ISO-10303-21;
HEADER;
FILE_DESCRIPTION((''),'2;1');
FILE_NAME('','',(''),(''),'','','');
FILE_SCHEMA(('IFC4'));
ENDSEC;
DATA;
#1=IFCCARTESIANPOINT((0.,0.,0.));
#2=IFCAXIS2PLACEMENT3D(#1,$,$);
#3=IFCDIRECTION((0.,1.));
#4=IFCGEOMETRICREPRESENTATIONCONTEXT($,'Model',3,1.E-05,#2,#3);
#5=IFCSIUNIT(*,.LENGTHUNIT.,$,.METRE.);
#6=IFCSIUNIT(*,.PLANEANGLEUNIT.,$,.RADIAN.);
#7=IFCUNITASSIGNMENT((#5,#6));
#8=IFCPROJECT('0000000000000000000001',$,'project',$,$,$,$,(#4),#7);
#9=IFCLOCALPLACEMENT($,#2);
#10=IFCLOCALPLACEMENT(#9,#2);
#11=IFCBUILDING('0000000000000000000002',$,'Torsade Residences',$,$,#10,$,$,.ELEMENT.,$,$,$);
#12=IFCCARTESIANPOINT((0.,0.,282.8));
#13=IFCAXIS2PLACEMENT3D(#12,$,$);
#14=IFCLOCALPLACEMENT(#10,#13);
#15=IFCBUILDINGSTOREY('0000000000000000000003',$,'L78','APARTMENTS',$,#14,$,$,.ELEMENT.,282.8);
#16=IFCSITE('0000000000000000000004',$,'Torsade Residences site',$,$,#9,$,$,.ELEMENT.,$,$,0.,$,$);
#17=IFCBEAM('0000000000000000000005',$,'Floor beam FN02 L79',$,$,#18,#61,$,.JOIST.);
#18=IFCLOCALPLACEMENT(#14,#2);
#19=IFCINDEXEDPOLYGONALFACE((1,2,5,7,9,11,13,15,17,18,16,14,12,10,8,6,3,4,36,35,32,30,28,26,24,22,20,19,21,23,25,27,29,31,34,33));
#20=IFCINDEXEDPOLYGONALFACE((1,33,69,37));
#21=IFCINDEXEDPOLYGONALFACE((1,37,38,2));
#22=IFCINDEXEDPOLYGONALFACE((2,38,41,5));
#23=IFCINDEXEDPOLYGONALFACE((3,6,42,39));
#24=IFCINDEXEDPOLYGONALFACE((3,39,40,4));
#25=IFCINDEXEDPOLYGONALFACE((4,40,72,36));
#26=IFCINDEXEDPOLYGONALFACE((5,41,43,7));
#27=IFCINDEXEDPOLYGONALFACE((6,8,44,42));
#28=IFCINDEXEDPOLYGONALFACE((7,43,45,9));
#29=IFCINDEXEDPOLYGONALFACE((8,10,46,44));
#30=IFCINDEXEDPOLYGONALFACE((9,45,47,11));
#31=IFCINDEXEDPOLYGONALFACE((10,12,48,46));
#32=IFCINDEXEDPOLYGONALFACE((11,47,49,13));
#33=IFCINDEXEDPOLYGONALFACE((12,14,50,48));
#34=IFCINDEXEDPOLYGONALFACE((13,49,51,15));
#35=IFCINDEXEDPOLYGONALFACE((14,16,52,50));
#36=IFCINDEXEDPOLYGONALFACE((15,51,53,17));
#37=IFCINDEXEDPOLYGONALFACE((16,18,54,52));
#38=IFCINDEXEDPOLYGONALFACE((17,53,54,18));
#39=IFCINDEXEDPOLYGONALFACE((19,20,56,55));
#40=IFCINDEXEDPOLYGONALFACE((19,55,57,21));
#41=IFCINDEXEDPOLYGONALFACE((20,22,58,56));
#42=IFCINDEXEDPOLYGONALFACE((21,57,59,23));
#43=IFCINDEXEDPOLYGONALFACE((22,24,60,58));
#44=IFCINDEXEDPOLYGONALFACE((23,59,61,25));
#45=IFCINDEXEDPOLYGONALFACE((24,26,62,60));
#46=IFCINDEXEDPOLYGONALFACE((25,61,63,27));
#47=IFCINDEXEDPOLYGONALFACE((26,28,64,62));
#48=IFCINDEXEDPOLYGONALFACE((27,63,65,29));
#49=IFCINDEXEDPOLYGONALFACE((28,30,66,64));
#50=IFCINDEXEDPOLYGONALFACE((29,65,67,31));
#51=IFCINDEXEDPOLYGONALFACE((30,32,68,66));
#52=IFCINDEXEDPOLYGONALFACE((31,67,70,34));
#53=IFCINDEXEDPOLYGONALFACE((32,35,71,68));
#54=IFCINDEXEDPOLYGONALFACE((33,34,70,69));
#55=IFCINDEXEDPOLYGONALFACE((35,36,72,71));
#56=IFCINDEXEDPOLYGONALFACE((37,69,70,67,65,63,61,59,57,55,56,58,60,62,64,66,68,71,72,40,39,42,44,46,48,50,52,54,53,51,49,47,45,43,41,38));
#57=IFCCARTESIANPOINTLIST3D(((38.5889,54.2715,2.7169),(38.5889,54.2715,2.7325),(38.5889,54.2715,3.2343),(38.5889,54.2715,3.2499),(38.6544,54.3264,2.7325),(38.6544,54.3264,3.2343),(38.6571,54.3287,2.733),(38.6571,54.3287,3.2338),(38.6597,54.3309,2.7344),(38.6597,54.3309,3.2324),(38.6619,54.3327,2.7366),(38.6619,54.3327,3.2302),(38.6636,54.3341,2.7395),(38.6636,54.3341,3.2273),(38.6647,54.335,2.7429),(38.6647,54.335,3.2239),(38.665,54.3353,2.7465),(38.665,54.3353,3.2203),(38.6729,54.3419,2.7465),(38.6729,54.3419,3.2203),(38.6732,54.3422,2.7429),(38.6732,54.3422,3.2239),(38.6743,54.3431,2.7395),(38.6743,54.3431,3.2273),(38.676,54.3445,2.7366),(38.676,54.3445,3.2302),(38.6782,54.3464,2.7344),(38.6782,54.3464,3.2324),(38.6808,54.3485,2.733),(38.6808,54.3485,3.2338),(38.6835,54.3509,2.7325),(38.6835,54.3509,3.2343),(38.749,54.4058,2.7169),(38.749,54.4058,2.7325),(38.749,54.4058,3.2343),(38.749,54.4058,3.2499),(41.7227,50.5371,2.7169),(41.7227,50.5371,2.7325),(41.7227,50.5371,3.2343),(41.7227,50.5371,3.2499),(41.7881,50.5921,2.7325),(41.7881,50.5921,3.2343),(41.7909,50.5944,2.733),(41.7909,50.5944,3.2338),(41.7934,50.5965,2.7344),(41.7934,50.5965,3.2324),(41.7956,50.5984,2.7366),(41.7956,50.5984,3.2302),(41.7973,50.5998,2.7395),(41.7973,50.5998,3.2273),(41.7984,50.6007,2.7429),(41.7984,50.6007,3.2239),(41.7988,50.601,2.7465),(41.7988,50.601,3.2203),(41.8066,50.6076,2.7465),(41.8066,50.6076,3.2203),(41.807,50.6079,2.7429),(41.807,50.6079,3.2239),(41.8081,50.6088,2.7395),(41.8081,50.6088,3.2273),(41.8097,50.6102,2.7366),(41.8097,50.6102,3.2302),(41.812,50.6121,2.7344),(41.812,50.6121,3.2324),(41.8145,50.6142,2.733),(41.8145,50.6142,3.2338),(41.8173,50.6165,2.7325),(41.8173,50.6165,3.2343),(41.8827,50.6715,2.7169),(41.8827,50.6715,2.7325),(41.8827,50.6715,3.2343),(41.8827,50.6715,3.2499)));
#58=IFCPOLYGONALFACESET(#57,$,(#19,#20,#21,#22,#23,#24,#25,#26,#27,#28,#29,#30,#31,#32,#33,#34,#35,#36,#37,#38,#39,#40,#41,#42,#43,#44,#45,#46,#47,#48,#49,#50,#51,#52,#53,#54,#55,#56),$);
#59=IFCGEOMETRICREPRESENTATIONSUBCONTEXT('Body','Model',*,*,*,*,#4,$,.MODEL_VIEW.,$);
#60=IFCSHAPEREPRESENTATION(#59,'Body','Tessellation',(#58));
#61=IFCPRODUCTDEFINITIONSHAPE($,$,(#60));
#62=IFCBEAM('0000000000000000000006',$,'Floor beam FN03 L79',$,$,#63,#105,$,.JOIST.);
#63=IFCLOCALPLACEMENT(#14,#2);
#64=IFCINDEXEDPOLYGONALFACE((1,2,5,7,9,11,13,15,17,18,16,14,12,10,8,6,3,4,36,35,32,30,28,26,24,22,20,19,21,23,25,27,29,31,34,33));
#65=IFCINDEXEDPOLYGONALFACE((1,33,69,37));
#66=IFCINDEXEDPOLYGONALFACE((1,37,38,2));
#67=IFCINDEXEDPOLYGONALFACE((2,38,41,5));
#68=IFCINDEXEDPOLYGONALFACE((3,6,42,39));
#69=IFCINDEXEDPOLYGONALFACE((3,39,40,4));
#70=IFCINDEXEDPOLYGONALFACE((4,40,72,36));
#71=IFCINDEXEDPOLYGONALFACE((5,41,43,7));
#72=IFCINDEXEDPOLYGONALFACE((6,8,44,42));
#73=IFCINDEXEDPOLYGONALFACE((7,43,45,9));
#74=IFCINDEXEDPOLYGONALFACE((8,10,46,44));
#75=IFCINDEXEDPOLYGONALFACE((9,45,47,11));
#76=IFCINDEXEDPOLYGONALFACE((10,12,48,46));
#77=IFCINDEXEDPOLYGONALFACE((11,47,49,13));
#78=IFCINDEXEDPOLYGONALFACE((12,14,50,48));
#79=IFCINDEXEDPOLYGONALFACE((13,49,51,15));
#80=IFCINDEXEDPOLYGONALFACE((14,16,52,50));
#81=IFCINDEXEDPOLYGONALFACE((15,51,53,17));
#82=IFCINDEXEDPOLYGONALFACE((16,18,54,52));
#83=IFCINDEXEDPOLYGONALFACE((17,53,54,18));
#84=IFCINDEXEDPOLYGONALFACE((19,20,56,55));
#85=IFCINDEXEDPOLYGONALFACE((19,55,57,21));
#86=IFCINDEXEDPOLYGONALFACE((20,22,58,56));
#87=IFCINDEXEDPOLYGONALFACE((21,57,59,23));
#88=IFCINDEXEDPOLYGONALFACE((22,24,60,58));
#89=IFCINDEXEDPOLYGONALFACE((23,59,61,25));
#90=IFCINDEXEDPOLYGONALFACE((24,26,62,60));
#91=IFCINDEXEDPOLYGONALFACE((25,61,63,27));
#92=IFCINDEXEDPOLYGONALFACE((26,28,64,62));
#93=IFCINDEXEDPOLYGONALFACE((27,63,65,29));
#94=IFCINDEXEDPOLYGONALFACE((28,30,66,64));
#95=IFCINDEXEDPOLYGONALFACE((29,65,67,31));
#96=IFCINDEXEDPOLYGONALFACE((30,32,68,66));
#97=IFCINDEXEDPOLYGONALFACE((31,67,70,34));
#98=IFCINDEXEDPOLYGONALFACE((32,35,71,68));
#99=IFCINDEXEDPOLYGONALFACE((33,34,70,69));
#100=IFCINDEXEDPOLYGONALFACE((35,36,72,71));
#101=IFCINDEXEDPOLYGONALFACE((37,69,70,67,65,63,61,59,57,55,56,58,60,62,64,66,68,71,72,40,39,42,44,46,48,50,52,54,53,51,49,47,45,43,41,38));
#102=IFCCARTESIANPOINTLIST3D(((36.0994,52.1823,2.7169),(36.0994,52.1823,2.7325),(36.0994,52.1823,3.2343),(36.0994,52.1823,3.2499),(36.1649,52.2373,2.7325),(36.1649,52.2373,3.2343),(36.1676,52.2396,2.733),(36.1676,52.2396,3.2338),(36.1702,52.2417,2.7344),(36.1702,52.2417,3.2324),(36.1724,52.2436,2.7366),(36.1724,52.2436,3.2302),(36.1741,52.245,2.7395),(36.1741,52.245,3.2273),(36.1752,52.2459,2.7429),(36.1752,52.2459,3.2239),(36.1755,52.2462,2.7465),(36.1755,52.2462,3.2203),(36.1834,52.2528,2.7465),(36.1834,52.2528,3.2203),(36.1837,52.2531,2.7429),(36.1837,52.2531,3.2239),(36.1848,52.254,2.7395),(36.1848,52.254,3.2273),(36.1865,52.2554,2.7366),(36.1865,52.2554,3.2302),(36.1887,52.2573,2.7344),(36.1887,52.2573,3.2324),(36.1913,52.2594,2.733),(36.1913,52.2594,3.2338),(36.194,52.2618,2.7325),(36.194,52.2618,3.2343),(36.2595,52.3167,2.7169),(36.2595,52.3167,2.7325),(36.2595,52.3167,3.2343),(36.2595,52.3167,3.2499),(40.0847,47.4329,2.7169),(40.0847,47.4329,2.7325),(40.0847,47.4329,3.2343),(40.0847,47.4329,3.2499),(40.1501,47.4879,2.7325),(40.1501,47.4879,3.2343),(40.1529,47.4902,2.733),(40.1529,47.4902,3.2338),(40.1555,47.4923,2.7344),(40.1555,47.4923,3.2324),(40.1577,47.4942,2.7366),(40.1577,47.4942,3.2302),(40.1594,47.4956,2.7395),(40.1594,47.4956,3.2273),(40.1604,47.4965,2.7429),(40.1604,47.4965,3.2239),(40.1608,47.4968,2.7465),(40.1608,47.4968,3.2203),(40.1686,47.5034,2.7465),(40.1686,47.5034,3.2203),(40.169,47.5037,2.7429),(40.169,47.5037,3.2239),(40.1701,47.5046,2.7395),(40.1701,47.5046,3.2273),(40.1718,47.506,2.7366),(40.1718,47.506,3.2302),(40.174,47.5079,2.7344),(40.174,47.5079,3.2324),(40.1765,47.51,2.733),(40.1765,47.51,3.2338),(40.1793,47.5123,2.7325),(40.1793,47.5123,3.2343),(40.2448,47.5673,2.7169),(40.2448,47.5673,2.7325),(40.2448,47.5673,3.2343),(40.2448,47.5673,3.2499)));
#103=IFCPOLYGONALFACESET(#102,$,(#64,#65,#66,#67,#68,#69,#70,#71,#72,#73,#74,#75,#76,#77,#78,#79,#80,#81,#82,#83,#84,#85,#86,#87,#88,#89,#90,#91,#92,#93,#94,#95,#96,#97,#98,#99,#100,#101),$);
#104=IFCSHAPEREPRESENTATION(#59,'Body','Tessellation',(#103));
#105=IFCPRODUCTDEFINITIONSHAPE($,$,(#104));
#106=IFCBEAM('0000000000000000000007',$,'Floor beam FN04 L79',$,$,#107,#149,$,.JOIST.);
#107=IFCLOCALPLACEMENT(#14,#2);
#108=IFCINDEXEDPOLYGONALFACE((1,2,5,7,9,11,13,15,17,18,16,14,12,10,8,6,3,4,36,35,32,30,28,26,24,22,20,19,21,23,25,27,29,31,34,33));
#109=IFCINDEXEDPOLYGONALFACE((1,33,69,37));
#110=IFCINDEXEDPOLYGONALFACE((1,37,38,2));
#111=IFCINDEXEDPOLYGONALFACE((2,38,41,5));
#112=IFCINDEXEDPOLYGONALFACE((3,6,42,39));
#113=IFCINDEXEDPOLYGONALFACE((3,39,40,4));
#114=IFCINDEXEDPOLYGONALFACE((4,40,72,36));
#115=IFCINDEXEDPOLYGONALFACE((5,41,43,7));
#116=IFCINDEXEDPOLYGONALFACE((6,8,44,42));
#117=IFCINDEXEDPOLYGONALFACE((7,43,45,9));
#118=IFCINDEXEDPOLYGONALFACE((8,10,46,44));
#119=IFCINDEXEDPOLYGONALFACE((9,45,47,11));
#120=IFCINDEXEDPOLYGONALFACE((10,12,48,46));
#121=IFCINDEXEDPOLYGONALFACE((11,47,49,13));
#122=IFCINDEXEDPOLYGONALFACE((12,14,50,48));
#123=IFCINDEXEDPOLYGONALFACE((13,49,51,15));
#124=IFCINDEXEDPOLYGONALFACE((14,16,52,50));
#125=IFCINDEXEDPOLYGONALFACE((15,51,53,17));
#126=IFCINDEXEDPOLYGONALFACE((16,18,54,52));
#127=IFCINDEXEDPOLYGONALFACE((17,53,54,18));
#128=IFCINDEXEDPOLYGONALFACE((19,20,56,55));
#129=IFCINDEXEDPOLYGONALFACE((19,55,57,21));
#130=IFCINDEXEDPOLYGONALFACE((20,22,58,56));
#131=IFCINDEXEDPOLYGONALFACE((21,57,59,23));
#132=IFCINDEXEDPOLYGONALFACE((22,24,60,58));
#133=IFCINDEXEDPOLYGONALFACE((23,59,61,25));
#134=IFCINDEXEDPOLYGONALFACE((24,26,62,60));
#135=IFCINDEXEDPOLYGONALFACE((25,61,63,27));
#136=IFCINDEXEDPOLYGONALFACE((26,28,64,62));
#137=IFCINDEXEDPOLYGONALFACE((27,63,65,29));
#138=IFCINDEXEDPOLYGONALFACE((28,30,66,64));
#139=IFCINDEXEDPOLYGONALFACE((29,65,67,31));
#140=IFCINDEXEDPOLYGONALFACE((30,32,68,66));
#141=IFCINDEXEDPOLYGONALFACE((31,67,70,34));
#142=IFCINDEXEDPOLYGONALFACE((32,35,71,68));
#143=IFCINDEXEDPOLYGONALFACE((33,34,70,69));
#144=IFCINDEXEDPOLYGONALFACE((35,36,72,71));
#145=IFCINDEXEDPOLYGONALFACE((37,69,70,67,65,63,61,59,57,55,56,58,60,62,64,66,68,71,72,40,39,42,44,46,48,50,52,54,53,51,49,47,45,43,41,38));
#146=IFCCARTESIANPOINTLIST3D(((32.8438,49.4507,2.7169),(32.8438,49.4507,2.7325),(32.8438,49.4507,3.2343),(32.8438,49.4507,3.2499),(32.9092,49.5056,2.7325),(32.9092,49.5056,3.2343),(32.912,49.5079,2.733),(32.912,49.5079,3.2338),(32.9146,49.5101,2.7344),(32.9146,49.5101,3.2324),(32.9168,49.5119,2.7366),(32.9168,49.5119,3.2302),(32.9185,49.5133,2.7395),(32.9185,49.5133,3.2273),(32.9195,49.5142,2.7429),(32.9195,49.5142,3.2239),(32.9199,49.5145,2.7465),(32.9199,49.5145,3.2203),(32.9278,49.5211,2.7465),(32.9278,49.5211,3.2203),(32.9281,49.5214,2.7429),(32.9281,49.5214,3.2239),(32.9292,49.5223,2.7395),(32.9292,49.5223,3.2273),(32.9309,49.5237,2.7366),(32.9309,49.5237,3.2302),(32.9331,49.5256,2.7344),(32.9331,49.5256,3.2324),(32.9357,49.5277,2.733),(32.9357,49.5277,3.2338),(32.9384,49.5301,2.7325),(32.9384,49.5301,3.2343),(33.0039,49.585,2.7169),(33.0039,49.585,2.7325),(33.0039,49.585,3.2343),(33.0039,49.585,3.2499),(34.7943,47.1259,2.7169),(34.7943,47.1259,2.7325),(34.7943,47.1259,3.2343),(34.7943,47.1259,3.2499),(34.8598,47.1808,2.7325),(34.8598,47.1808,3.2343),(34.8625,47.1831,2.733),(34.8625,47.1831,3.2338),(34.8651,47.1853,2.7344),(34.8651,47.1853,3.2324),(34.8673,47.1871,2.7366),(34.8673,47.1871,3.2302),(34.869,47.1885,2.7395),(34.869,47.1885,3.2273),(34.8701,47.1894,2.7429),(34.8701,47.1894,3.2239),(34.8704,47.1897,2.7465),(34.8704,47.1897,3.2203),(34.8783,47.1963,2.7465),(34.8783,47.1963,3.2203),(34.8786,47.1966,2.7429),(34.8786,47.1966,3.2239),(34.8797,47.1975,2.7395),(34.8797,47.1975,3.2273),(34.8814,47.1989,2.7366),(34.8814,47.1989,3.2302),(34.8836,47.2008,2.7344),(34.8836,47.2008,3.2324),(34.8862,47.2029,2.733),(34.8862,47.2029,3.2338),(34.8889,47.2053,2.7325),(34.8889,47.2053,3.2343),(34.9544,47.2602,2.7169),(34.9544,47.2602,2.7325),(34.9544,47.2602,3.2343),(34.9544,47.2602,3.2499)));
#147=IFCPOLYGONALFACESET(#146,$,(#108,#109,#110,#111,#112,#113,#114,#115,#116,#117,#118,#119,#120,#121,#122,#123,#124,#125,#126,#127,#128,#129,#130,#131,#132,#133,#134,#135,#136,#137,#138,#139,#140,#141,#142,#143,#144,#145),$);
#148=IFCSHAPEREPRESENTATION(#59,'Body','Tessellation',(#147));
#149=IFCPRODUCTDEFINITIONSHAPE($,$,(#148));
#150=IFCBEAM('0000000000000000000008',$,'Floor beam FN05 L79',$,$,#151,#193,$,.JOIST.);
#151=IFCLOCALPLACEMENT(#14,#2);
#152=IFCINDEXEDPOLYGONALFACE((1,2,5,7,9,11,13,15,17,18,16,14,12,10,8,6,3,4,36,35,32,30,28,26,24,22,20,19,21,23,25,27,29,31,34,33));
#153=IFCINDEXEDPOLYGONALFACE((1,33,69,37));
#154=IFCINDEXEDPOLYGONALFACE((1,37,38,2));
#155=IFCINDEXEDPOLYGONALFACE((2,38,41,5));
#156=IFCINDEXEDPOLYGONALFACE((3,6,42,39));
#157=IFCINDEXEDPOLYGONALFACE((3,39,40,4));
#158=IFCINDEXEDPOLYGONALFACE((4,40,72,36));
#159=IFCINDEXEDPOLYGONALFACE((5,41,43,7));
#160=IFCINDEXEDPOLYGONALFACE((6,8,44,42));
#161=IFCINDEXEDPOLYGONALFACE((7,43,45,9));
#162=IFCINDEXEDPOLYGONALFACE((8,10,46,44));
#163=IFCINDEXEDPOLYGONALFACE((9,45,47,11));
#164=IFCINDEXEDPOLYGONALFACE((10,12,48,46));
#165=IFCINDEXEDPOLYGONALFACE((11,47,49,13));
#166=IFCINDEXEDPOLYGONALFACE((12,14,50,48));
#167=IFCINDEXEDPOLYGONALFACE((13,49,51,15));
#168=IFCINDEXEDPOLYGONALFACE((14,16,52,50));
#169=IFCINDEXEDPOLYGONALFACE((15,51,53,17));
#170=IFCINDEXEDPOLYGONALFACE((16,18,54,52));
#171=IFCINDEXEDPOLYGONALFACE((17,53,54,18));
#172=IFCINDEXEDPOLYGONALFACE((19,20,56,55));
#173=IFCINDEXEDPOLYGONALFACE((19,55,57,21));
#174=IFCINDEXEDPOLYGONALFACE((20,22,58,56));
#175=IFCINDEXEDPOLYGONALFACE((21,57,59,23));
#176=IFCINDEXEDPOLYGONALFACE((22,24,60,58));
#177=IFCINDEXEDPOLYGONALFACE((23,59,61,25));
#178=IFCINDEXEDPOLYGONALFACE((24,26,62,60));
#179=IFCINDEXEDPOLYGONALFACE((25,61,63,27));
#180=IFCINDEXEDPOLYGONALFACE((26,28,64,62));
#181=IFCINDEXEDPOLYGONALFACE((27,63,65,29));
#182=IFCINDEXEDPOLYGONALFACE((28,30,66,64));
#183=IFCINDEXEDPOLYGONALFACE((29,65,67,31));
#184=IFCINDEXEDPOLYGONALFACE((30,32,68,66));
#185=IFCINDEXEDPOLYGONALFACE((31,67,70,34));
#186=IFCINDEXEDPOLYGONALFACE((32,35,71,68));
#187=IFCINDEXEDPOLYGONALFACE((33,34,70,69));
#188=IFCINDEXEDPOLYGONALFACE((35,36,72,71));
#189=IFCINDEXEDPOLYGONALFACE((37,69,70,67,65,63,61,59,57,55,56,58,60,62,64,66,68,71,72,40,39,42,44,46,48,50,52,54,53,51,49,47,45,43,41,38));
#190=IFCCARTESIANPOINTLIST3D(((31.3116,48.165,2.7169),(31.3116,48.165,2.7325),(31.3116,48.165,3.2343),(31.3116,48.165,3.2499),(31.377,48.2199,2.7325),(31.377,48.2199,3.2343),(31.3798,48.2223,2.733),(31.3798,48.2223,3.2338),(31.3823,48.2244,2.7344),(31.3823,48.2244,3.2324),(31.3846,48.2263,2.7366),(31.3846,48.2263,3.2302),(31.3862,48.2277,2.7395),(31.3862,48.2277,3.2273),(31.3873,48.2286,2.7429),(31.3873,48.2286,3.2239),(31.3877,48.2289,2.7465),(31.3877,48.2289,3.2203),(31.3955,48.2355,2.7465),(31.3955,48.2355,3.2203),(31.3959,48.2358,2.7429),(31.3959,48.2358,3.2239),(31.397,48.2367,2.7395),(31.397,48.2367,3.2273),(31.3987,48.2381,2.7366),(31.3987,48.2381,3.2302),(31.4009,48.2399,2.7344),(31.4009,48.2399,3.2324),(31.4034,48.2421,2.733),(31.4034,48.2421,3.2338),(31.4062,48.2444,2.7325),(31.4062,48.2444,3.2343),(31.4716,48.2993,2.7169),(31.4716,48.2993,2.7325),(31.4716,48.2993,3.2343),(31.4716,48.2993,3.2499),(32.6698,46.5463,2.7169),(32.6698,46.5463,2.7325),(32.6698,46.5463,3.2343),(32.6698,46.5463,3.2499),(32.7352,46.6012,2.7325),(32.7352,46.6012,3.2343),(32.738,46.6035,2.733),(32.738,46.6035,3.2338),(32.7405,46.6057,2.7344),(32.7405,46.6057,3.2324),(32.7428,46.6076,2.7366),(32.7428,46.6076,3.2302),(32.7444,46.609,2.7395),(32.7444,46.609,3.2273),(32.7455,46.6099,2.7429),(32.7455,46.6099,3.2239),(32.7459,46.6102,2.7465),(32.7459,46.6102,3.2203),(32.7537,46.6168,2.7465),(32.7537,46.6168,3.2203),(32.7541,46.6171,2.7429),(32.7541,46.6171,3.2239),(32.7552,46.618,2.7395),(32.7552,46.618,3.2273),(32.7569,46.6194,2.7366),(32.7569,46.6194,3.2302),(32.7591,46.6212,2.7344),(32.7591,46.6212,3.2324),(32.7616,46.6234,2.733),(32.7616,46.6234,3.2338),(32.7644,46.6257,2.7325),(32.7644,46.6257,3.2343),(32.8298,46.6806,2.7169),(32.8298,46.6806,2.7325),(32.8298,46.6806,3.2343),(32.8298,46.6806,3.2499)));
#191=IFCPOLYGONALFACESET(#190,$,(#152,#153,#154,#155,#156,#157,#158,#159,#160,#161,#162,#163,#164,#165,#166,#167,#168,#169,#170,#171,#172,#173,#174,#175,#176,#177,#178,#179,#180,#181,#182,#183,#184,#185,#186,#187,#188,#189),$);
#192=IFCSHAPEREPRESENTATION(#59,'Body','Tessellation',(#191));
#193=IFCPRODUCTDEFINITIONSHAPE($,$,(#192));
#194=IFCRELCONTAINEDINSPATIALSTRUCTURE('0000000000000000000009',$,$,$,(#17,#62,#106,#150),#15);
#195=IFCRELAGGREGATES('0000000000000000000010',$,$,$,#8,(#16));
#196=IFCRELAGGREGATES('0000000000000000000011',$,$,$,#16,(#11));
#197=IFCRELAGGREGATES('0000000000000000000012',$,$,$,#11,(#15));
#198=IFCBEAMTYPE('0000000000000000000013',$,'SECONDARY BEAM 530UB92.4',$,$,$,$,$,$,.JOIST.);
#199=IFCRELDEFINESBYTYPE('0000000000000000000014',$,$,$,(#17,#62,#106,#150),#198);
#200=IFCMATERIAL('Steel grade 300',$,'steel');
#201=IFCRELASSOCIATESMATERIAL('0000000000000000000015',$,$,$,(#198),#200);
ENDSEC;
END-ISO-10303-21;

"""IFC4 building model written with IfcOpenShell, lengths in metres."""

from ifc_helpers import new_model, si_unit, direction, frame, origin, origin_2d, place, context, subcontext, project, spatial, i_section, extrude, material, material_profile, profile_set, type_object, element, save


model = new_model("IFC4")

# Units and contexts
model_context = context("Model", 3, precision=1e-05, world=origin(), true_north=direction((0.0, 1.0)))
body_context = subcontext(model_context, "Body", "Model", "MODEL_VIEW")
ifc_project = project(units=[si_unit("LENGTHUNIT", "METRE"), si_unit("PLANEANGLEUNIT", "RADIAN")], contexts=[model_context])

# Site, building, storey
site_placement = place(None, origin())
site = spatial("IfcSite", under=ifc_project, at=site_placement, Name="Torsade Residences site", CompositionType="ELEMENT", RefElevation=0.0)
building_placement = place(site_placement, origin())
building = spatial("IfcBuilding", under=site, at=building_placement, Name="Torsade Residences", CompositionType="ELEMENT")
storey_placement = place(building_placement, frame((0.0, 0.0, 282.8)))
storey = spatial("IfcBuildingStorey", under=building, at=storey_placement, Name="L78", Description="APARTMENTS", CompositionType="ELEMENT", Elevation=282.8)

# Beams
ifc_material_1 = material(Name="Steel grade 300", Category="steel")
ifc_material_profile_1 = material_profile(ifc_material_1, i_section(OverallWidth=0.209, OverallDepth=0.533, WebThickness=0.0103, FlangeThickness=0.0156, FilletRadius=0.0139, at=origin_2d()), Name="530UB92.4")
ifc_profile_set_1 = profile_set([ifc_material_profile_1], Name="Steel grade 300")
beam_type_1 = type_object("IfcBeamType", Name="SECONDARY BEAM 530UB92.4", PredefinedType="JOIST", material=ifc_profile_set_1)
beam_1_placement = place(storey_placement, frame((38.6689, 54.3386, 2.9834), z_axis=(0.642821, -0.766017, 0.0), x_axis=(0.766017, 0.642821, 0.0)))
element("IfcBeam", 1, at=beam_1_placement, inside=storey, type_object=beam_type_1, Name="Floor beam FN02 L79", PredefinedType="JOIST", context=body_context, shape_type="SweptSolid", body=[
    extrude(i_section(OverallWidth=0.209, OverallDepth=0.533, WebThickness=0.0103, FlangeThickness=0.0156, FilletRadius=0.0139, at=origin_2d()), origin(), (0.0, 0.0, 1.0), 4.875),
])
beam_2_placement = place(storey_placement, frame((36.1794, 52.2495, 2.9834), z_axis=(0.642791, -0.766041, 0.0), x_axis=(0.766041, 0.642791, 0.0)))
element("IfcBeam", 2, at=beam_2_placement, inside=storey, type_object=beam_type_1, Name="Floor beam FN03 L79", PredefinedType="JOIST", context=body_context, shape_type="SweptSolid", body=[
    extrude(i_section(OverallWidth=0.209, OverallDepth=0.533, WebThickness=0.0103, FlangeThickness=0.0156, FilletRadius=0.0139, at=origin_2d()), origin(), (0.0, 0.0, 1.0), 6.2),
])
beam_3_placement = place(storey_placement, frame((32.9238, 49.5178, 2.9834), z_axis=(0.642745, -0.76608, 0.0), x_axis=(0.76608, 0.642745, 0.0)))
element("IfcBeam", 3, at=beam_3_placement, inside=storey, type_object=beam_type_1, Name="Floor beam FN04 L79", PredefinedType="JOIST", context=body_context, shape_type="SweptSolid", body=[
    extrude(i_section(OverallWidth=0.209, OverallDepth=0.533, WebThickness=0.0103, FlangeThickness=0.0156, FilletRadius=0.0139, at=origin_2d()), origin(), (0.0, 0.0, 1.0), 3.0347),
])
beam_4_placement = place(storey_placement, frame((31.3916, 48.2322, 2.9834), z_axis=(0.642772, -0.766058, 0.0), x_axis=(0.766058, 0.642772, 0.0)))
element("IfcBeam", 4, at=beam_4_placement, inside=storey, type_object=beam_type_1, Name="Floor beam FN05 L79", PredefinedType="JOIST", context=body_context, shape_type="SweptSolid", body=[
    extrude(i_section(OverallWidth=0.209, OverallDepth=0.533, WebThickness=0.0103, FlangeThickness=0.0156, FilletRadius=0.0139, at=origin_2d()), origin(), (0.0, 0.0, 1.0), 2.113),
])

save(model, "model.ifc")
